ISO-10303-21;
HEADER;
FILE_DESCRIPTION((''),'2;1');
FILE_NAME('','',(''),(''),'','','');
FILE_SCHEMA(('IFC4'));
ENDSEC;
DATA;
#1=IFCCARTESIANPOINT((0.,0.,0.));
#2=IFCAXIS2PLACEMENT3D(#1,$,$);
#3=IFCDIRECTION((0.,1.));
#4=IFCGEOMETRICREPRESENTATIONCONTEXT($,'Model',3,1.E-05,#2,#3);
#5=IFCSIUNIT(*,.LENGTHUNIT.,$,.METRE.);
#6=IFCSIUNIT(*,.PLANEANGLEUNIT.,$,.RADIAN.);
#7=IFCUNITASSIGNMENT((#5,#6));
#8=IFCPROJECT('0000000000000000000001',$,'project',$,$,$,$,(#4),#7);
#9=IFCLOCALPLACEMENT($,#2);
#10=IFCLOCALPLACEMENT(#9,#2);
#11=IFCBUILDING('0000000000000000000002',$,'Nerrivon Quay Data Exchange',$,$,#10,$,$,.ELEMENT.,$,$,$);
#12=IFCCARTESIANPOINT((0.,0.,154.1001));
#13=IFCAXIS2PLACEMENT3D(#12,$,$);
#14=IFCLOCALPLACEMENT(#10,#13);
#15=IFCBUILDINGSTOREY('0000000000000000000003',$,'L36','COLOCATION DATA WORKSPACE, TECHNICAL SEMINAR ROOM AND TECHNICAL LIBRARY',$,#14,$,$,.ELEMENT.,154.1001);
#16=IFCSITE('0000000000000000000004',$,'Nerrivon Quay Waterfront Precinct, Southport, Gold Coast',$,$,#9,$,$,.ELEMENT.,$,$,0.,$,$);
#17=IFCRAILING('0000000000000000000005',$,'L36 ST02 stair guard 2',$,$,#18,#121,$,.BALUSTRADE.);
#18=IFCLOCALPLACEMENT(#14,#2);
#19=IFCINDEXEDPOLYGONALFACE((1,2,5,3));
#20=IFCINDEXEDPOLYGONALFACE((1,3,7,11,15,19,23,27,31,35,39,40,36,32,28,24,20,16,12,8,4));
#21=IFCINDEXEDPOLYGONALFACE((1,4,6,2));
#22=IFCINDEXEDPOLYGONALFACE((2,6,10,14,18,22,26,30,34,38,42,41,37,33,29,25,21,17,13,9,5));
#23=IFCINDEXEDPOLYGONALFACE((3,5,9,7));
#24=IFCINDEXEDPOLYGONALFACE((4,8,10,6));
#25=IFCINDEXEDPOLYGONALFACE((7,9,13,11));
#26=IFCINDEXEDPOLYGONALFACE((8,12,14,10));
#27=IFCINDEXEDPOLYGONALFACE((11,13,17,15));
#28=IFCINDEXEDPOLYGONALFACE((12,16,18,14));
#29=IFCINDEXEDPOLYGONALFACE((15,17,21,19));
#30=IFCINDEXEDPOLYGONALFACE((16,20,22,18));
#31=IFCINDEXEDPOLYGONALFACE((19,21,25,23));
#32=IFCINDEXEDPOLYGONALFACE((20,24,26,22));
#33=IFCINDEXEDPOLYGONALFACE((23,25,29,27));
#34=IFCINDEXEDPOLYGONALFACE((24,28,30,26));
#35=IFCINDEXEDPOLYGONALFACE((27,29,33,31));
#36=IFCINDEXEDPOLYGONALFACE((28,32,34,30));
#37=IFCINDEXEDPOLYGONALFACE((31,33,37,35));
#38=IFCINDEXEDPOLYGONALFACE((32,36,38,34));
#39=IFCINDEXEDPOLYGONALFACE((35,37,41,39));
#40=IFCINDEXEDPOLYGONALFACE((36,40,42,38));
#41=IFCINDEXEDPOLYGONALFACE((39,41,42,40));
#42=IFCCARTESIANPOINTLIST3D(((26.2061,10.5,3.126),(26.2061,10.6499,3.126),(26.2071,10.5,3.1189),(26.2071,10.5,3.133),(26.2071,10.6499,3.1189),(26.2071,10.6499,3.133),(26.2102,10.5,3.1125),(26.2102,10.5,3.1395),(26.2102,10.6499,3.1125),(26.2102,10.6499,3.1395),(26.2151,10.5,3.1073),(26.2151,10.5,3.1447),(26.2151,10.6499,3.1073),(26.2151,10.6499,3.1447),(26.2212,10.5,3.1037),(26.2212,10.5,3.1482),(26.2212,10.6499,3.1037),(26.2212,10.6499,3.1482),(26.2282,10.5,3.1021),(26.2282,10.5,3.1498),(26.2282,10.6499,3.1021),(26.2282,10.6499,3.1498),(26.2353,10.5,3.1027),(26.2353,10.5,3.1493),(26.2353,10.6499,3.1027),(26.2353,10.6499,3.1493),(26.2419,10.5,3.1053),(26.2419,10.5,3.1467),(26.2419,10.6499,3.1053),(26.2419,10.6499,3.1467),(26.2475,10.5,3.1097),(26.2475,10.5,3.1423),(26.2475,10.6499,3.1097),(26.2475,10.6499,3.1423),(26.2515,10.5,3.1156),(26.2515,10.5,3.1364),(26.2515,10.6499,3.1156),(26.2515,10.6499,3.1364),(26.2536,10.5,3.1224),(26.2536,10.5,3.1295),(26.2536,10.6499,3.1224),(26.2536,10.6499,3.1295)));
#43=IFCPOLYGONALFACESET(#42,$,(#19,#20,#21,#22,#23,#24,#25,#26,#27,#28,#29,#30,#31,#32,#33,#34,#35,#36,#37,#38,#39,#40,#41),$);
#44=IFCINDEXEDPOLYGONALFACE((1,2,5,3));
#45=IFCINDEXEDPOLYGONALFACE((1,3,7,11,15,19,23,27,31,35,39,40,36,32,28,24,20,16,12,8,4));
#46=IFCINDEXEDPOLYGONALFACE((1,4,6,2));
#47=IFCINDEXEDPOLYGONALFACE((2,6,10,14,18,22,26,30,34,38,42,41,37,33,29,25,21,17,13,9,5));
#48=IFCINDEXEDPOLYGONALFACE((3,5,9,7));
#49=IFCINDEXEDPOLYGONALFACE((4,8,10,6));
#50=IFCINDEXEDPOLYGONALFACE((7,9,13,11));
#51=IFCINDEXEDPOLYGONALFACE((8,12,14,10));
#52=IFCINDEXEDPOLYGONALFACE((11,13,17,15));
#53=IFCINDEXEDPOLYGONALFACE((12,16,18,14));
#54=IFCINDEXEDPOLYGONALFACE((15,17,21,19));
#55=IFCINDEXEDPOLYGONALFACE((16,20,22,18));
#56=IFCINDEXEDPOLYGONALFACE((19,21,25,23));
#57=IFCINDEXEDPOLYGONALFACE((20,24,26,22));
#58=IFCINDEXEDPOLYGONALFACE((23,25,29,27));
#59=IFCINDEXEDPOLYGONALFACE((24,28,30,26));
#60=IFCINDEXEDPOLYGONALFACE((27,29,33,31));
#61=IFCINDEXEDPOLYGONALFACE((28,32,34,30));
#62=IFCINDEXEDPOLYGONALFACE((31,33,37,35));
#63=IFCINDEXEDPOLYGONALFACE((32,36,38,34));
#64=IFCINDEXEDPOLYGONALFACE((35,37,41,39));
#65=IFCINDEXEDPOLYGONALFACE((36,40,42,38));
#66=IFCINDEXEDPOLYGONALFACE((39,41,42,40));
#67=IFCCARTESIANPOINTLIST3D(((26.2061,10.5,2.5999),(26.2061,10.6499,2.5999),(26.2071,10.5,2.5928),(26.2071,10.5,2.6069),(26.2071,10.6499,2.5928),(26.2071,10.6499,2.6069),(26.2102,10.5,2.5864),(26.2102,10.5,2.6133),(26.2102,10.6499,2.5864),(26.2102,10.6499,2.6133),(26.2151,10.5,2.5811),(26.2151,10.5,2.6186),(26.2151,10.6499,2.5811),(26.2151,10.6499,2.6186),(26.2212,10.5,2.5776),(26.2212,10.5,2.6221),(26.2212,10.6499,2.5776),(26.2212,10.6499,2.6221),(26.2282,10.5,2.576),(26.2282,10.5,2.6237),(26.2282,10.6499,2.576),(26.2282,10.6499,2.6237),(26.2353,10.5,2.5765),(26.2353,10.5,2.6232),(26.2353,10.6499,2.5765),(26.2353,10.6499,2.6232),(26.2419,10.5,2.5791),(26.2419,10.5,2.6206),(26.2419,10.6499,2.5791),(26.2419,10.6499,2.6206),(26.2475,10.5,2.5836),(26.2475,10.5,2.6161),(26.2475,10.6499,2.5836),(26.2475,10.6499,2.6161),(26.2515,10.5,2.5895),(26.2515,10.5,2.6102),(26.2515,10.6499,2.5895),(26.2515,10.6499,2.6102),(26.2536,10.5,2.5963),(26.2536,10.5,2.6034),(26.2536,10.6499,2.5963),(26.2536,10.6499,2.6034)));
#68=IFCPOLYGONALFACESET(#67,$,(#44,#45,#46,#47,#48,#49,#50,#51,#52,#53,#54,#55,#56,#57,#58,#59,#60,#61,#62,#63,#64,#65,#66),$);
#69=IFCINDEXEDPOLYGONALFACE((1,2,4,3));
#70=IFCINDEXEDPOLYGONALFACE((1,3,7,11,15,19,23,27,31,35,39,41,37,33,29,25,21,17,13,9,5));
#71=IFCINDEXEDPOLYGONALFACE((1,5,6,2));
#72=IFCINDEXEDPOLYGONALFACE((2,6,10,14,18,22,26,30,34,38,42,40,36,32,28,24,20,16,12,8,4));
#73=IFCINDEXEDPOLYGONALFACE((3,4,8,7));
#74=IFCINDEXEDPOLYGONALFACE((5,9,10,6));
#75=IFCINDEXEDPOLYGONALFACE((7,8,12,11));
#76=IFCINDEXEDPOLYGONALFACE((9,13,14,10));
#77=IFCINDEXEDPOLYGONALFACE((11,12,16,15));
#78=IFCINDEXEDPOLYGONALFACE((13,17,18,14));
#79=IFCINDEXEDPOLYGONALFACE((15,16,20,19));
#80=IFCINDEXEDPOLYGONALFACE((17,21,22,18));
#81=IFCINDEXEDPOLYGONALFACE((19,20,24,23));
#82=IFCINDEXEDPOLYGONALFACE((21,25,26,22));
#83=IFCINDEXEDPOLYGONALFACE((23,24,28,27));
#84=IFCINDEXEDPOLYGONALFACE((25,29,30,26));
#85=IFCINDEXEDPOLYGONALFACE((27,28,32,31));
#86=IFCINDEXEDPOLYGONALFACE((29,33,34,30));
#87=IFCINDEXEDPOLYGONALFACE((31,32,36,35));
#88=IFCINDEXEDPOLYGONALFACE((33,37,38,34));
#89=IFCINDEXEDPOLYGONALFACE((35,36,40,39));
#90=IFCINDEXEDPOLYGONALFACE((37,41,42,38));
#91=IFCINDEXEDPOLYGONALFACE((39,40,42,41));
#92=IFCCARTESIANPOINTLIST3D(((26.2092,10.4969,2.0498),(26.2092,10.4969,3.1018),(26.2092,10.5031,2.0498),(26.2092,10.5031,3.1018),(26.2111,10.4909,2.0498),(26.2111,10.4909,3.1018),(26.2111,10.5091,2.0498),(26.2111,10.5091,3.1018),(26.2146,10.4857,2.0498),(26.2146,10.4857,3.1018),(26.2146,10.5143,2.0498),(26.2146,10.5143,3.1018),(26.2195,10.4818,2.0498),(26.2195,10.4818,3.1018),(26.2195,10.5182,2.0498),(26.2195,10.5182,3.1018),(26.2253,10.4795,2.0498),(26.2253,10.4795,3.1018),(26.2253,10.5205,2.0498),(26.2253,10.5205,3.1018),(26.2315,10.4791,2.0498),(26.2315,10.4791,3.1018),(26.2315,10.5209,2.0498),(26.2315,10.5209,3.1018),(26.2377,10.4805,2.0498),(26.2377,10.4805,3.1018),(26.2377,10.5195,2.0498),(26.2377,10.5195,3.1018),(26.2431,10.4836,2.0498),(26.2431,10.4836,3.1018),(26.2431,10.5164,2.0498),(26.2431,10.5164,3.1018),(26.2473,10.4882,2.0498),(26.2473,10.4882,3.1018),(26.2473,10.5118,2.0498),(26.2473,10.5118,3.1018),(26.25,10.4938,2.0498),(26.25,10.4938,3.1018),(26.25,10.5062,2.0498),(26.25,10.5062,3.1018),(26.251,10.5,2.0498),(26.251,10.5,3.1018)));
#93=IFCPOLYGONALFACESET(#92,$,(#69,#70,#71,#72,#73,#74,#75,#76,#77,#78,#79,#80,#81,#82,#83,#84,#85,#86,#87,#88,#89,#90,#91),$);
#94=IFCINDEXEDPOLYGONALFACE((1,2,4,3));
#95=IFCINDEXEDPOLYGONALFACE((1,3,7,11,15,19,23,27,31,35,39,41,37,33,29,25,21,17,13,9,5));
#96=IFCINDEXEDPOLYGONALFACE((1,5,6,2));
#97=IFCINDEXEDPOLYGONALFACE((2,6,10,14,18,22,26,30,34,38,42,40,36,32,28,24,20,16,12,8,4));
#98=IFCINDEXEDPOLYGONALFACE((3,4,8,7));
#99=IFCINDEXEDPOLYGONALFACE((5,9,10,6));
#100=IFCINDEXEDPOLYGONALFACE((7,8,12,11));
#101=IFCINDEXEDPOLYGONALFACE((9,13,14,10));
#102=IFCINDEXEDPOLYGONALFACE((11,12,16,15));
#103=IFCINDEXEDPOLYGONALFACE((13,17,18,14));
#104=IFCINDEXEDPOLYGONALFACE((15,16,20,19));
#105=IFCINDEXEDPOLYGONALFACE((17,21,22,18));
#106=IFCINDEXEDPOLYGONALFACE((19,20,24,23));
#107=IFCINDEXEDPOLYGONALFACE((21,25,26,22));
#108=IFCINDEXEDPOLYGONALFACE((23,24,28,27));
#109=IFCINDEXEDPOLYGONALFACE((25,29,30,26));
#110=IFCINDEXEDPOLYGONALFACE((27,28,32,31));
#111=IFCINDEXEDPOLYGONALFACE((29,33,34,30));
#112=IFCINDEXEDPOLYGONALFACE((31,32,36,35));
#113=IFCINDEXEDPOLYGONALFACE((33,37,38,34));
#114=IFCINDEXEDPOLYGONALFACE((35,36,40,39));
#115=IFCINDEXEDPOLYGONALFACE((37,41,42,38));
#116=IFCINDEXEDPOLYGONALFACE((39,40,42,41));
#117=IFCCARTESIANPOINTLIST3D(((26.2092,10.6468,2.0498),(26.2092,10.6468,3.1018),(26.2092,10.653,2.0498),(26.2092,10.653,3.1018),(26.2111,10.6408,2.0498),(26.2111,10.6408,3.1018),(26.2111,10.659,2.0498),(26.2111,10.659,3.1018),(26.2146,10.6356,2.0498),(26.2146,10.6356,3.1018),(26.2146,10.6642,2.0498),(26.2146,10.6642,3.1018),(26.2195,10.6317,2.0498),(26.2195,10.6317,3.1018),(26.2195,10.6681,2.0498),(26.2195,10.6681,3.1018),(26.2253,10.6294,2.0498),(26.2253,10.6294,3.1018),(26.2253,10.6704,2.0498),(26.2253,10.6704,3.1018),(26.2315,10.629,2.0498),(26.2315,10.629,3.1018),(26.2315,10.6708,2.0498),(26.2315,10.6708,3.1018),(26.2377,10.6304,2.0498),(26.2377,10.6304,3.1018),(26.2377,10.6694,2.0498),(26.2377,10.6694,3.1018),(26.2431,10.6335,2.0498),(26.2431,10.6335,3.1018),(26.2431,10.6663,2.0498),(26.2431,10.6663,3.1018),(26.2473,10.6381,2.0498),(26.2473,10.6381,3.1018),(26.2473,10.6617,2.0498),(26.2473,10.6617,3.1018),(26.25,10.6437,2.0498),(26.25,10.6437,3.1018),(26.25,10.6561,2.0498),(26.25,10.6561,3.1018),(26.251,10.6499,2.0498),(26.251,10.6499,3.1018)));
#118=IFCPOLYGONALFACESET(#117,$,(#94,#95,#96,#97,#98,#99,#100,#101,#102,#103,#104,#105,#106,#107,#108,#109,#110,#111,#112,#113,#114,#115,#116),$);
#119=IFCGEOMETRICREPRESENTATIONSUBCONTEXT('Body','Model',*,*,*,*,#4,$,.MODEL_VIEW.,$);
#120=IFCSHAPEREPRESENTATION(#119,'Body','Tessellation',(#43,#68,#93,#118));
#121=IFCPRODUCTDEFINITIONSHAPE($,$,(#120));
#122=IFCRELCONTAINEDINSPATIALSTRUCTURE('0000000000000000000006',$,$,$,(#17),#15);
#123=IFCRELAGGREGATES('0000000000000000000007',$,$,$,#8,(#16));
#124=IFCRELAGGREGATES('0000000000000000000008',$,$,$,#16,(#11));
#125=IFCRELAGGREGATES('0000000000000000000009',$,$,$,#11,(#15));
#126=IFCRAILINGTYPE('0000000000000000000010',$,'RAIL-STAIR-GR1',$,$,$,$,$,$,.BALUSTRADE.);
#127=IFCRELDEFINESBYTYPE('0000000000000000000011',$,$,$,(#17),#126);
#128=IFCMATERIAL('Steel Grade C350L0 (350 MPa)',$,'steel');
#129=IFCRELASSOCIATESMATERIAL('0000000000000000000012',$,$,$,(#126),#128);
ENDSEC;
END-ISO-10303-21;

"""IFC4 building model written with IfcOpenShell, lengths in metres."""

from ifc_helpers import new_model, si_unit, direction, frame, origin, origin_2d, place, context, subcontext, project, spatial, circle, extrude, material, type_object, element, save


model = new_model("IFC4")

# Units and contexts
model_context = context("Model", 3, precision=1e-05, world=origin(), true_north=direction((0.0, 1.0)))
body_context = subcontext(model_context, "Body", "Model", "MODEL_VIEW")
ifc_project = project(units=[si_unit("LENGTHUNIT", "METRE"), si_unit("PLANEANGLEUNIT", "RADIAN")], contexts=[model_context])

# Site, building, storey
site_placement = place(None, origin())
site = spatial("IfcSite", under=ifc_project, at=site_placement, Name="Nerrivon Quay Waterfront Precinct, Southport, Gold Coast", CompositionType="ELEMENT", RefElevation=0.0)
building_placement = place(site_placement, origin())
building = spatial("IfcBuilding", under=site, at=building_placement, Name="Nerrivon Quay Data Exchange", CompositionType="ELEMENT")
storey_placement = place(building_placement, frame((0.0, 0.0, 154.1001)))
storey = spatial("IfcBuildingStorey", under=building, at=storey_placement, Name="L36", Description="COLOCATION DATA WORKSPACE, TECHNICAL SEMINAR ROOM AND TECHNICAL LIBRARY", CompositionType="ELEMENT", Elevation=154.1001)

# Railing
ifc_material_1 = material(Name="Steel Grade C350L0 (350 MPa)", Category="steel")
railing_type_1 = type_object("IfcRailingType", Name="RAIL-STAIR-GR1", PredefinedType="BALUSTRADE", material=ifc_material_1)
railing_1_placement = place(storey_placement, frame((26.23, 10.5, 2.0498)))
element("IfcRailing", 1, at=railing_1_placement, inside=storey, type_object=railing_type_1, Name="L36 ST02 stair guard 2", PredefinedType="BALUSTRADE", context=body_context, shape_type="SweptSolid", body=[
    extrude(circle(Radius=0.0239, at=origin_2d()), frame((0.0, 0.0, 1.0762), z_axis=(0.0, 1.0, 0.0), x_axis=(-1.0, 0.0, 0.0)), (0.0, 0.0, 1.0), 0.1499),
    extrude(circle(Radius=0.0239, at=origin_2d()), frame((0.0, 0.0, 0.55), z_axis=(0.0, 1.0, 0.0), x_axis=(-1.0, 0.0, 0.0)), (0.0, 0.0, 1.0), 0.1499),
    extrude(circle(Radius=0.021, at=origin_2d()), origin(), (0.0, 0.0, 1.0), 1.052),
    extrude(circle(Radius=0.021, at=origin_2d()), frame((0.0, 0.1499, 0.0)), (0.0, 0.0, 1.0), 1.052),
])

save(model, "model.ifc")
